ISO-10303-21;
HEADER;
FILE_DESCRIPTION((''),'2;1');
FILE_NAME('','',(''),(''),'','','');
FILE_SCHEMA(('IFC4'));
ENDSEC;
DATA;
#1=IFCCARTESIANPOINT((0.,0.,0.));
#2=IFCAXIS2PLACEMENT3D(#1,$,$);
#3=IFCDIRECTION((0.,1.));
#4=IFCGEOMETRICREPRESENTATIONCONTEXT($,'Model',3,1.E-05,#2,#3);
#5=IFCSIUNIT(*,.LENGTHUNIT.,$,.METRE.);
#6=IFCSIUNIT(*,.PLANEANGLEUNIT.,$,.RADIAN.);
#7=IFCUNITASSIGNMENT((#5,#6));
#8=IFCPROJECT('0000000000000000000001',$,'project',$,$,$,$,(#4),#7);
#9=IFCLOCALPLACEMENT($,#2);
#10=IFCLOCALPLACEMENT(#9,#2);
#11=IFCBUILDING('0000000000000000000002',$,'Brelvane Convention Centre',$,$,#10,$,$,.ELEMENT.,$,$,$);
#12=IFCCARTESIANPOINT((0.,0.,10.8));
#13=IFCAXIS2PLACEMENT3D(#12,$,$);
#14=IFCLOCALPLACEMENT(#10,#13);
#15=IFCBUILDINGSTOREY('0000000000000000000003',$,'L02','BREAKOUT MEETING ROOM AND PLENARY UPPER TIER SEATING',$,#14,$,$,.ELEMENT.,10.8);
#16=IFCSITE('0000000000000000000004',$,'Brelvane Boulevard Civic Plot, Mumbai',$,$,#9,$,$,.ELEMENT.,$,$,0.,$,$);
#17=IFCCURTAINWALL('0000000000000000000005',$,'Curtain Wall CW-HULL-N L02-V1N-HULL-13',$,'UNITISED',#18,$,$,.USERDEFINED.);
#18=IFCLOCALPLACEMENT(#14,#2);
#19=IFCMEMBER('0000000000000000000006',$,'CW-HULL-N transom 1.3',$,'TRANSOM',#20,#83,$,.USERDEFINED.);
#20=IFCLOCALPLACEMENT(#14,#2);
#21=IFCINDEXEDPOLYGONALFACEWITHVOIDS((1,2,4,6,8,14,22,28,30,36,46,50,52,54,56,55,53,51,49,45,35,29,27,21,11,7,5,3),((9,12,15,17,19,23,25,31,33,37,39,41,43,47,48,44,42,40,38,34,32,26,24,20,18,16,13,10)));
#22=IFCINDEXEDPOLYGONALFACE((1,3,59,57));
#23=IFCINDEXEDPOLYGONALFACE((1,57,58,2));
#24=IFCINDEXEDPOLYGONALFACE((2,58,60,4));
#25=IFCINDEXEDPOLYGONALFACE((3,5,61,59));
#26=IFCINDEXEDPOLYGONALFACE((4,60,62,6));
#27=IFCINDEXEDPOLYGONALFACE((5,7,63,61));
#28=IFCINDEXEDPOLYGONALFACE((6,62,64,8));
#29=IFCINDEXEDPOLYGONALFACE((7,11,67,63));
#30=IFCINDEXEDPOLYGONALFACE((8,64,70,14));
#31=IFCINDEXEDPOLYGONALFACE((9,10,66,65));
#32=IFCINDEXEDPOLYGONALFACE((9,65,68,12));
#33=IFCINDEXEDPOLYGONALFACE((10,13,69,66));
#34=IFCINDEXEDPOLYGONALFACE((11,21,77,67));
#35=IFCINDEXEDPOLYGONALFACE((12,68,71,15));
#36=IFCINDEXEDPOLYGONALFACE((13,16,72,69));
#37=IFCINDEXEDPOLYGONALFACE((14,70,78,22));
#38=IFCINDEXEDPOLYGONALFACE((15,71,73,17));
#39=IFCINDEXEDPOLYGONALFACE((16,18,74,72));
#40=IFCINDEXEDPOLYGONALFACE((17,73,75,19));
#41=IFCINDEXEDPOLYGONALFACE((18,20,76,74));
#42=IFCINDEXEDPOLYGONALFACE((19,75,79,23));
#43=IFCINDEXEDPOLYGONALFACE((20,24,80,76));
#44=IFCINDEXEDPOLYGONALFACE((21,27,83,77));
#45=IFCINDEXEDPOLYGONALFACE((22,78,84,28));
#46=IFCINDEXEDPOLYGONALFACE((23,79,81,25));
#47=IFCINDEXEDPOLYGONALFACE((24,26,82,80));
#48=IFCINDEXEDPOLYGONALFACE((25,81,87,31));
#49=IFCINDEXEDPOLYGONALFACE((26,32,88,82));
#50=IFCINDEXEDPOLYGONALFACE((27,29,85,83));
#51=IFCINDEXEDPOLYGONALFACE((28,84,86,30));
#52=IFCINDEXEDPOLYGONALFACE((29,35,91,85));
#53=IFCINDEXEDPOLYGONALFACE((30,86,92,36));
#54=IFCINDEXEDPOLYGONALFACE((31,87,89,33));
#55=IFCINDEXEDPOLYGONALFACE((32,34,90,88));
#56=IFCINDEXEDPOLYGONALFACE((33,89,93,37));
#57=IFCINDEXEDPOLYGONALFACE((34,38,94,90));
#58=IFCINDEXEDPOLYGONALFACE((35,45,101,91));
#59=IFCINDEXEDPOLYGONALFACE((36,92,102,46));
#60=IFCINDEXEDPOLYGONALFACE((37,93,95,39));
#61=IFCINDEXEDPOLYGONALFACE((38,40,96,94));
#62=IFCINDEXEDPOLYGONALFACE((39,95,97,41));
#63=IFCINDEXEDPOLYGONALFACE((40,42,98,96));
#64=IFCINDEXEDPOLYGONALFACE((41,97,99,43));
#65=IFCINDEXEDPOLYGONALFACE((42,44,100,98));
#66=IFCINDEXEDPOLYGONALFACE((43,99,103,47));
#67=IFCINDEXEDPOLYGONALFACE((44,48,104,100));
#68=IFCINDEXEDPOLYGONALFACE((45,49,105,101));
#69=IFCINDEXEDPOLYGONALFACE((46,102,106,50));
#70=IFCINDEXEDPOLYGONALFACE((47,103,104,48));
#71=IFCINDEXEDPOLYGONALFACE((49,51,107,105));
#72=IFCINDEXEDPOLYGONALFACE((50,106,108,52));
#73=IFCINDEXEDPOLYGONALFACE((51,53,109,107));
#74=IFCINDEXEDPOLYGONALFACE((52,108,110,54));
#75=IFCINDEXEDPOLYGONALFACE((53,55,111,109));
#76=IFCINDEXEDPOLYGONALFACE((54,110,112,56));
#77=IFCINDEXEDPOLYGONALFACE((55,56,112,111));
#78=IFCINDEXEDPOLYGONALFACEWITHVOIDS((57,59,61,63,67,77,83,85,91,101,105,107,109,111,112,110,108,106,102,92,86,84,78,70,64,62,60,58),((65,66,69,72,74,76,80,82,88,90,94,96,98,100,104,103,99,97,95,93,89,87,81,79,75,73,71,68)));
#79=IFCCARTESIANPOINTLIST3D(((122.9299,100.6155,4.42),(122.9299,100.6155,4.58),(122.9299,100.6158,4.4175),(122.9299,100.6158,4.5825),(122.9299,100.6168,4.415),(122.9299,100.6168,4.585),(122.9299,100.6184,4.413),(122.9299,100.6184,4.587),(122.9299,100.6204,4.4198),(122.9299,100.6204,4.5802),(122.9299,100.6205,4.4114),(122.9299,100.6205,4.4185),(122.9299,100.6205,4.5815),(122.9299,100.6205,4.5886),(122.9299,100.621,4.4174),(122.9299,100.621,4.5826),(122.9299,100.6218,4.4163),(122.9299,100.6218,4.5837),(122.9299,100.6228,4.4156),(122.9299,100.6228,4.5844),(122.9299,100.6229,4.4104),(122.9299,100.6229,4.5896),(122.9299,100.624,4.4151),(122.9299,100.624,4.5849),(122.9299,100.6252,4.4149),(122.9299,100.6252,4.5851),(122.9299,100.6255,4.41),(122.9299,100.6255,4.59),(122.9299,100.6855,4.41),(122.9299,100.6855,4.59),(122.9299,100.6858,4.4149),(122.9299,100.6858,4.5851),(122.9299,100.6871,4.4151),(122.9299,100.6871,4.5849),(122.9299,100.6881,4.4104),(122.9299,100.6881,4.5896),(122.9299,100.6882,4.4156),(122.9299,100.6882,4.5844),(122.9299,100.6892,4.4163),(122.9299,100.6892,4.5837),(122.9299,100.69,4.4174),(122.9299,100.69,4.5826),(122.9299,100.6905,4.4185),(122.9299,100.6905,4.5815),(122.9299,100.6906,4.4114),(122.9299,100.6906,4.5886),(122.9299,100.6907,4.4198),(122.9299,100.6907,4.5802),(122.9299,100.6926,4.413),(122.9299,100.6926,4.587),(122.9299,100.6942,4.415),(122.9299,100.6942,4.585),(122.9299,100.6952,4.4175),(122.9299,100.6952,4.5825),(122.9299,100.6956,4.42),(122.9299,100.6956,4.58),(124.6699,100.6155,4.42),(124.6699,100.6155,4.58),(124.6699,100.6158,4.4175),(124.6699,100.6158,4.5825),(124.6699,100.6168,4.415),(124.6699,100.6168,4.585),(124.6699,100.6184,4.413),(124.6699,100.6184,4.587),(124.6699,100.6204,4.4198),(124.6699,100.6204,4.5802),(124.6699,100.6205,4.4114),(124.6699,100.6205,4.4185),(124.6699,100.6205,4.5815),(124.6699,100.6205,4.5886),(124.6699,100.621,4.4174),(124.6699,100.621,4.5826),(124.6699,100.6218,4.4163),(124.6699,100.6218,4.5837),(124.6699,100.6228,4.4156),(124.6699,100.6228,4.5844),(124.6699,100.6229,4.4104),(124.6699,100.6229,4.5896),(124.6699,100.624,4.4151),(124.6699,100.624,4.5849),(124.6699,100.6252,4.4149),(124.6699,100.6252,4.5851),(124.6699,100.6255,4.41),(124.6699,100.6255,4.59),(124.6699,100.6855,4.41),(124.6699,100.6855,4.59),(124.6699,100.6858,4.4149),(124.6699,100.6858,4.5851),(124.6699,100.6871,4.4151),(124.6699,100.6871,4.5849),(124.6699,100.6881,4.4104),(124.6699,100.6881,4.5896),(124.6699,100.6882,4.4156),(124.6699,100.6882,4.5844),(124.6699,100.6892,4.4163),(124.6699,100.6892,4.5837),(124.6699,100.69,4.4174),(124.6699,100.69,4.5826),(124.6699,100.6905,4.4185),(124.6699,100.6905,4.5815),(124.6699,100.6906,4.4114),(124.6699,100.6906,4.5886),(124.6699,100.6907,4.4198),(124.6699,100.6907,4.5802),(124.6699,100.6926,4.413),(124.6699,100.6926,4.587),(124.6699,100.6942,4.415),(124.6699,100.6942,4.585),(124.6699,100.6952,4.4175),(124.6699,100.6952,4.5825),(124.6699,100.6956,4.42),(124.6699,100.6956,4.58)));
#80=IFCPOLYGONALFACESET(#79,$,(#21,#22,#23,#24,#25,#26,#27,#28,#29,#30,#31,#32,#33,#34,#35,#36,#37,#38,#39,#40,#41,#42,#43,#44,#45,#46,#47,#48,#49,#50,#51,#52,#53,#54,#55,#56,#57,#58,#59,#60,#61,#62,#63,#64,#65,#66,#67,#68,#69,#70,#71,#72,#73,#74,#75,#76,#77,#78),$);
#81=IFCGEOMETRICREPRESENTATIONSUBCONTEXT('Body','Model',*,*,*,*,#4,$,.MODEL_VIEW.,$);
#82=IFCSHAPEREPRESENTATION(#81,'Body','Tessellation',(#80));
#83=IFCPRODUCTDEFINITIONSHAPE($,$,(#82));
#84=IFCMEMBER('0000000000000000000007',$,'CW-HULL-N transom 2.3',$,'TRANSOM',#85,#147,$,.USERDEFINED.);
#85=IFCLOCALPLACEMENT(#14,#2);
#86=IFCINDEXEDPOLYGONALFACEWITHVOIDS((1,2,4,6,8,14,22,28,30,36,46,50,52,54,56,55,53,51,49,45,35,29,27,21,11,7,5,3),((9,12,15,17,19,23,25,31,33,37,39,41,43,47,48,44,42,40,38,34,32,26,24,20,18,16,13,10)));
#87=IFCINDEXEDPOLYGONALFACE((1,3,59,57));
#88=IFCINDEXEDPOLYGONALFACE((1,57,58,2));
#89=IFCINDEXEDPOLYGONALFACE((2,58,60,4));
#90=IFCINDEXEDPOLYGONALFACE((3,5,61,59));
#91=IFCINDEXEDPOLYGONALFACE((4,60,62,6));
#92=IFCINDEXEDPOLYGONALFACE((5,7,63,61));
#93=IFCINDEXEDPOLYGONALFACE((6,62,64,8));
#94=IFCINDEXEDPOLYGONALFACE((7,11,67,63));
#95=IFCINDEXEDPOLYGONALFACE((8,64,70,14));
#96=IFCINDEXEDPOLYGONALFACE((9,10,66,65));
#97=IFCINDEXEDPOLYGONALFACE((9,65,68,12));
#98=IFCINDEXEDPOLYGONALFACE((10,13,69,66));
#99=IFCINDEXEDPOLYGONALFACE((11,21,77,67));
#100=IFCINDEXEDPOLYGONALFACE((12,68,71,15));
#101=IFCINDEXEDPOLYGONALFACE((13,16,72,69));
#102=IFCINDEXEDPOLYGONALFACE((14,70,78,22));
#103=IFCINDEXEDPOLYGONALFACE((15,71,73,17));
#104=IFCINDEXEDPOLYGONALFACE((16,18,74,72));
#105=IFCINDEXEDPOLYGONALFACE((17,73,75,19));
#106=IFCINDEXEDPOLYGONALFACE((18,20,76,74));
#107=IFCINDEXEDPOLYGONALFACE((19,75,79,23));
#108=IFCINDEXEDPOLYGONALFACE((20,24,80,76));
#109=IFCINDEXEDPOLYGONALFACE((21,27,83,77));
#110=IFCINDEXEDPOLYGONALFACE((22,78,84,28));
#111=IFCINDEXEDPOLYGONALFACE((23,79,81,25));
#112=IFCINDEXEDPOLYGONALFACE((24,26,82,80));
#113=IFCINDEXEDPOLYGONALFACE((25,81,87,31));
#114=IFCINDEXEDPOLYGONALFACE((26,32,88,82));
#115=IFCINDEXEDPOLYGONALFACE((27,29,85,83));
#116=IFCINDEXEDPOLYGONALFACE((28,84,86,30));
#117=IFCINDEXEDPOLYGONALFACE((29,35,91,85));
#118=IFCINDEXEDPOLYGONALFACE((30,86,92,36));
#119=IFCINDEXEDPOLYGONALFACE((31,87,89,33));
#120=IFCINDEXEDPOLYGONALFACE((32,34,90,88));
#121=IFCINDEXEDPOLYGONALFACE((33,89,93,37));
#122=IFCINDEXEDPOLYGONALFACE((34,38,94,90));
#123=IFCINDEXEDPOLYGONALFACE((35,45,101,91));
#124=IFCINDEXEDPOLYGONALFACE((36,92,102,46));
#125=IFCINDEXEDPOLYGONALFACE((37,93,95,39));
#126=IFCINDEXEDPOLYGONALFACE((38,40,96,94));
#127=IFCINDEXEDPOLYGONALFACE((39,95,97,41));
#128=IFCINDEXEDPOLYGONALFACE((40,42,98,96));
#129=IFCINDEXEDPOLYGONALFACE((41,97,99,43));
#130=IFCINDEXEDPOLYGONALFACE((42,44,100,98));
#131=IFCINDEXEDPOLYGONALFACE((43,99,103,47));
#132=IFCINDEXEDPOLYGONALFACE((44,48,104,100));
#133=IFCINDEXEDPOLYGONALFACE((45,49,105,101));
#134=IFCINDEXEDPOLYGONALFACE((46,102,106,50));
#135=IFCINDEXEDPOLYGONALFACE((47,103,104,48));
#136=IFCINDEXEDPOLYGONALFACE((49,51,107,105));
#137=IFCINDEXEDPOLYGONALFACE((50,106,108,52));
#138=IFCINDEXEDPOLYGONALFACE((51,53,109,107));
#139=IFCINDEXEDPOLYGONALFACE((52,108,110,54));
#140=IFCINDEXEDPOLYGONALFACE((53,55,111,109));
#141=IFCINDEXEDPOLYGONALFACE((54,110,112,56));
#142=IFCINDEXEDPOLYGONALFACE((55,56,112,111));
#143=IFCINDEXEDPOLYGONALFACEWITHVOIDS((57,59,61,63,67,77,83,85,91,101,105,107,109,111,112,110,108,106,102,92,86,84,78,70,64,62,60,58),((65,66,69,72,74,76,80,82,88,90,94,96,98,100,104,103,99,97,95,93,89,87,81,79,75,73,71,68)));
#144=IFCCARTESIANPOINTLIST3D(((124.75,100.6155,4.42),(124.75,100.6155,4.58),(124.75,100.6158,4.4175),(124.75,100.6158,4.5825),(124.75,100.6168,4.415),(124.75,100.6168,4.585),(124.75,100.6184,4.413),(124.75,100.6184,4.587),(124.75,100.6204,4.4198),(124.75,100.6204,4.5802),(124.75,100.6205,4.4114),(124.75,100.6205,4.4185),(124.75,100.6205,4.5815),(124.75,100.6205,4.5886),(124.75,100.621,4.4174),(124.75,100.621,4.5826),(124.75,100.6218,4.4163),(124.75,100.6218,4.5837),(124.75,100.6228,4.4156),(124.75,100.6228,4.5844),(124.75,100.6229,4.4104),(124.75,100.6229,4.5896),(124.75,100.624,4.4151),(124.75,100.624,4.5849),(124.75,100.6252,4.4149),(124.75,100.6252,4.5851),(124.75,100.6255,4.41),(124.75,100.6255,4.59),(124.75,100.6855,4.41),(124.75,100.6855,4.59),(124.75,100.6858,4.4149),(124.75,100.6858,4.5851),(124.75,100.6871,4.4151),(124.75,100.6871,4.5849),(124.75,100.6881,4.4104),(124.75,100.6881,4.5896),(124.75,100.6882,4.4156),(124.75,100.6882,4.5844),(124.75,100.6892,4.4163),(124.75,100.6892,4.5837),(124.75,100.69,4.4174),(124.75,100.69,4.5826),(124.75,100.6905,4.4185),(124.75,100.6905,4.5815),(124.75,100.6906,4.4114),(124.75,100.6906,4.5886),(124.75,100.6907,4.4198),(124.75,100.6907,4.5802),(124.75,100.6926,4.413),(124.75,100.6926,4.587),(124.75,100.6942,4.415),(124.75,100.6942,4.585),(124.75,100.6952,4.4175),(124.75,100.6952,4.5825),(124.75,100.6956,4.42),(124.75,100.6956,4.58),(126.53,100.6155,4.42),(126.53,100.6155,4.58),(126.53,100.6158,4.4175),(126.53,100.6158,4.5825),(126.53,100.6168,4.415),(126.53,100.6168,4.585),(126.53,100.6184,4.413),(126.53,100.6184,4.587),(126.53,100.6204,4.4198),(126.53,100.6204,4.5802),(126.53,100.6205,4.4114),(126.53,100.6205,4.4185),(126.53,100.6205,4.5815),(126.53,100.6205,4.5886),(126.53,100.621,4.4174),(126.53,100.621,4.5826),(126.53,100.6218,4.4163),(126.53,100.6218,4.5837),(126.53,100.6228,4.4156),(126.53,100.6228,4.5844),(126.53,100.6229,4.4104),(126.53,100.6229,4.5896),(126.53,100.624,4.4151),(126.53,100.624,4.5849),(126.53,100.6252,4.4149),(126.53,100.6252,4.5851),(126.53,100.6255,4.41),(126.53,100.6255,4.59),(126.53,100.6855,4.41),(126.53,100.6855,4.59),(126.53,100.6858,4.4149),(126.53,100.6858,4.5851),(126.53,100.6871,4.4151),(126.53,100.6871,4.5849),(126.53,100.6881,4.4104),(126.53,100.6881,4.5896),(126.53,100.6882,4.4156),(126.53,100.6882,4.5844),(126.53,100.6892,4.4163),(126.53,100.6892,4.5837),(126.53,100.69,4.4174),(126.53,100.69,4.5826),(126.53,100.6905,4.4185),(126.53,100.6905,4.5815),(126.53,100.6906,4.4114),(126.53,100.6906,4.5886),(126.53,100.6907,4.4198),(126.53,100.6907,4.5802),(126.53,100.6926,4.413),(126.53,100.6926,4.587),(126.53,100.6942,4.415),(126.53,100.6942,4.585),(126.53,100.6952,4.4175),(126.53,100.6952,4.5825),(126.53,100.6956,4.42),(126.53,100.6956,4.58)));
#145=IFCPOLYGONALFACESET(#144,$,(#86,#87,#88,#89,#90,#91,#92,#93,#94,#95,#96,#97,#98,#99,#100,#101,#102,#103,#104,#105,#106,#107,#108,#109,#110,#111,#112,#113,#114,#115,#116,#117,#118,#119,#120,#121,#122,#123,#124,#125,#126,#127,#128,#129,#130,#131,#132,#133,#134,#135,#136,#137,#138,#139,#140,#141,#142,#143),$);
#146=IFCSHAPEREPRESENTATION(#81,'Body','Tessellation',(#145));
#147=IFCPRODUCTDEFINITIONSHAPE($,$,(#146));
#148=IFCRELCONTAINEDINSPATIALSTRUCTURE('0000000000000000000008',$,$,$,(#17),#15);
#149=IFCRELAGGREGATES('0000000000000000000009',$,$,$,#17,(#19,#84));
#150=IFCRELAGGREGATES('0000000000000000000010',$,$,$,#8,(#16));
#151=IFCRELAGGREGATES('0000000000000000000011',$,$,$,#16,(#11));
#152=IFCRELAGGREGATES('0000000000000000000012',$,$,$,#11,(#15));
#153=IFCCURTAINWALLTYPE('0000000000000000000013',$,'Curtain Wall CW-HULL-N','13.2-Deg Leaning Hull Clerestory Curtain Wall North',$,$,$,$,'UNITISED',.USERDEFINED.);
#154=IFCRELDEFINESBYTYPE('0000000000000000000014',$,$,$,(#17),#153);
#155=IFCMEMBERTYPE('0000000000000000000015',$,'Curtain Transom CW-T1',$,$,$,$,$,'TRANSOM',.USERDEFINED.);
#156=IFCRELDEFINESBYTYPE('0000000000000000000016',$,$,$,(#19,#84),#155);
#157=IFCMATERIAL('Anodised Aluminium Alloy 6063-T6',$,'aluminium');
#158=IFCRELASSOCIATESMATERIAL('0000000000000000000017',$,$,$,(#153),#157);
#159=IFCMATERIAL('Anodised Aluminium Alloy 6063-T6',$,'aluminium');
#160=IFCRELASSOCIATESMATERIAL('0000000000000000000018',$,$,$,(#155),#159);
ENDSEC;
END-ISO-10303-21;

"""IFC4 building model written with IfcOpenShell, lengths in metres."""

from ifc_helpers import new_model, si_unit, direction, frame, origin, origin_2d, place, context, subcontext, project, spatial, hollow_rectangle, extrude, material, material_profile, profile_set, type_object, element, aggregate, save


model = new_model("IFC4")

# Units and contexts
model_context = context("Model", 3, precision=1e-05, world=origin(), true_north=direction((0.0, 1.0)))
body_context = subcontext(model_context, "Body", "Model", "MODEL_VIEW")
ifc_project = project(units=[si_unit("LENGTHUNIT", "METRE"), si_unit("PLANEANGLEUNIT", "RADIAN")], contexts=[model_context])

# Site, building, storey
site_placement = place(None, origin())
site = spatial("IfcSite", under=ifc_project, at=site_placement, Name="Brelvane Boulevard Civic Plot, Mumbai", CompositionType="ELEMENT", RefElevation=0.0)
building_placement = place(site_placement, origin())
building = spatial("IfcBuilding", under=site, at=building_placement, Name="Brelvane Convention Centre", CompositionType="ELEMENT")
storey_placement = place(building_placement, frame((0.0, 0.0, 10.8)))
storey = spatial("IfcBuildingStorey", under=building, at=storey_placement, Name="L02", Description="BREAKOUT MEETING ROOM AND PLENARY UPPER TIER SEATING", CompositionType="ELEMENT", Elevation=10.8)

# Curtain wall, members
ifc_material_1 = material(Name="Anodised Aluminium Alloy 6063-T6", Category="aluminium")
curtain_wall_type = type_object("IfcCurtainWallType", Name="Curtain Wall CW-HULL-N", Description="13.2-Deg Leaning Hull Clerestory Curtain Wall North", ElementType="UNITISED", PredefinedType="USERDEFINED", material=ifc_material_1)
ifc_material_2 = material(Name="Anodised Aluminium Alloy 6063-T6", Category="aluminium")
ifc_material_profile = material_profile(ifc_material_2, hollow_rectangle(XDim=0.0801, YDim=0.1799, WallThickness=0.0049, InnerFilletRadius=0.0049, OuterFilletRadius=0.01, at=origin_2d()), Name="ALU-T 180x80x5.0")
ifc_profile_set = profile_set([ifc_material_profile], Name="Anodised Aluminium Alloy 6063-T6")
member_type = type_object("IfcMemberType", Name="Curtain Transom CW-T1", ElementType="TRANSOM", PredefinedType="USERDEFINED", material=ifc_profile_set)
curtain_wall_1_placement = place(storey_placement, origin())
curtain_wall_1 = element("IfcCurtainWall", 1, at=curtain_wall_1_placement, inside=storey, type_object=curtain_wall_type, Name="Curtain Wall CW-HULL-N L02-V1N-HULL-13", ObjectType="UNITISED", PredefinedType="USERDEFINED")
member_1_placement = place(storey_placement, frame((122.9299, 100.6555, 4.5), z_axis=(1.0, 0.0, 0.0), x_axis=(0.0, 1.0, 0.0)))
member_1 = element("IfcMember", 2, at=member_1_placement, type_object=member_type, Name="CW-HULL-N transom 1.3", ObjectType="TRANSOM", PredefinedType="USERDEFINED", context=body_context, shape_type="SweptSolid", body=[
    extrude(hollow_rectangle(XDim=0.0801, YDim=0.1799, WallThickness=0.0049, InnerFilletRadius=0.0049, OuterFilletRadius=0.01, at=origin_2d()), origin(), (0.0, 0.0, 1.0), 1.74),
])
member_2_placement = place(storey_placement, frame((124.75, 100.6555, 4.5), z_axis=(1.0, 0.0, 0.0), x_axis=(0.0, 1.0, 0.0)))
member_2 = element("IfcMember", 3, at=member_2_placement, type_object=member_type, Name="CW-HULL-N transom 2.3", ObjectType="TRANSOM", PredefinedType="USERDEFINED", context=body_context, shape_type="SweptSolid", body=[
    extrude(hollow_rectangle(XDim=0.0801, YDim=0.1799, WallThickness=0.0049, InnerFilletRadius=0.0049, OuterFilletRadius=0.01, at=origin_2d()), origin(), (0.0, 0.0, 1.0), 1.78),
])

aggregate(curtain_wall_1, [member_1, member_2])

save(model, "model.ifc")
